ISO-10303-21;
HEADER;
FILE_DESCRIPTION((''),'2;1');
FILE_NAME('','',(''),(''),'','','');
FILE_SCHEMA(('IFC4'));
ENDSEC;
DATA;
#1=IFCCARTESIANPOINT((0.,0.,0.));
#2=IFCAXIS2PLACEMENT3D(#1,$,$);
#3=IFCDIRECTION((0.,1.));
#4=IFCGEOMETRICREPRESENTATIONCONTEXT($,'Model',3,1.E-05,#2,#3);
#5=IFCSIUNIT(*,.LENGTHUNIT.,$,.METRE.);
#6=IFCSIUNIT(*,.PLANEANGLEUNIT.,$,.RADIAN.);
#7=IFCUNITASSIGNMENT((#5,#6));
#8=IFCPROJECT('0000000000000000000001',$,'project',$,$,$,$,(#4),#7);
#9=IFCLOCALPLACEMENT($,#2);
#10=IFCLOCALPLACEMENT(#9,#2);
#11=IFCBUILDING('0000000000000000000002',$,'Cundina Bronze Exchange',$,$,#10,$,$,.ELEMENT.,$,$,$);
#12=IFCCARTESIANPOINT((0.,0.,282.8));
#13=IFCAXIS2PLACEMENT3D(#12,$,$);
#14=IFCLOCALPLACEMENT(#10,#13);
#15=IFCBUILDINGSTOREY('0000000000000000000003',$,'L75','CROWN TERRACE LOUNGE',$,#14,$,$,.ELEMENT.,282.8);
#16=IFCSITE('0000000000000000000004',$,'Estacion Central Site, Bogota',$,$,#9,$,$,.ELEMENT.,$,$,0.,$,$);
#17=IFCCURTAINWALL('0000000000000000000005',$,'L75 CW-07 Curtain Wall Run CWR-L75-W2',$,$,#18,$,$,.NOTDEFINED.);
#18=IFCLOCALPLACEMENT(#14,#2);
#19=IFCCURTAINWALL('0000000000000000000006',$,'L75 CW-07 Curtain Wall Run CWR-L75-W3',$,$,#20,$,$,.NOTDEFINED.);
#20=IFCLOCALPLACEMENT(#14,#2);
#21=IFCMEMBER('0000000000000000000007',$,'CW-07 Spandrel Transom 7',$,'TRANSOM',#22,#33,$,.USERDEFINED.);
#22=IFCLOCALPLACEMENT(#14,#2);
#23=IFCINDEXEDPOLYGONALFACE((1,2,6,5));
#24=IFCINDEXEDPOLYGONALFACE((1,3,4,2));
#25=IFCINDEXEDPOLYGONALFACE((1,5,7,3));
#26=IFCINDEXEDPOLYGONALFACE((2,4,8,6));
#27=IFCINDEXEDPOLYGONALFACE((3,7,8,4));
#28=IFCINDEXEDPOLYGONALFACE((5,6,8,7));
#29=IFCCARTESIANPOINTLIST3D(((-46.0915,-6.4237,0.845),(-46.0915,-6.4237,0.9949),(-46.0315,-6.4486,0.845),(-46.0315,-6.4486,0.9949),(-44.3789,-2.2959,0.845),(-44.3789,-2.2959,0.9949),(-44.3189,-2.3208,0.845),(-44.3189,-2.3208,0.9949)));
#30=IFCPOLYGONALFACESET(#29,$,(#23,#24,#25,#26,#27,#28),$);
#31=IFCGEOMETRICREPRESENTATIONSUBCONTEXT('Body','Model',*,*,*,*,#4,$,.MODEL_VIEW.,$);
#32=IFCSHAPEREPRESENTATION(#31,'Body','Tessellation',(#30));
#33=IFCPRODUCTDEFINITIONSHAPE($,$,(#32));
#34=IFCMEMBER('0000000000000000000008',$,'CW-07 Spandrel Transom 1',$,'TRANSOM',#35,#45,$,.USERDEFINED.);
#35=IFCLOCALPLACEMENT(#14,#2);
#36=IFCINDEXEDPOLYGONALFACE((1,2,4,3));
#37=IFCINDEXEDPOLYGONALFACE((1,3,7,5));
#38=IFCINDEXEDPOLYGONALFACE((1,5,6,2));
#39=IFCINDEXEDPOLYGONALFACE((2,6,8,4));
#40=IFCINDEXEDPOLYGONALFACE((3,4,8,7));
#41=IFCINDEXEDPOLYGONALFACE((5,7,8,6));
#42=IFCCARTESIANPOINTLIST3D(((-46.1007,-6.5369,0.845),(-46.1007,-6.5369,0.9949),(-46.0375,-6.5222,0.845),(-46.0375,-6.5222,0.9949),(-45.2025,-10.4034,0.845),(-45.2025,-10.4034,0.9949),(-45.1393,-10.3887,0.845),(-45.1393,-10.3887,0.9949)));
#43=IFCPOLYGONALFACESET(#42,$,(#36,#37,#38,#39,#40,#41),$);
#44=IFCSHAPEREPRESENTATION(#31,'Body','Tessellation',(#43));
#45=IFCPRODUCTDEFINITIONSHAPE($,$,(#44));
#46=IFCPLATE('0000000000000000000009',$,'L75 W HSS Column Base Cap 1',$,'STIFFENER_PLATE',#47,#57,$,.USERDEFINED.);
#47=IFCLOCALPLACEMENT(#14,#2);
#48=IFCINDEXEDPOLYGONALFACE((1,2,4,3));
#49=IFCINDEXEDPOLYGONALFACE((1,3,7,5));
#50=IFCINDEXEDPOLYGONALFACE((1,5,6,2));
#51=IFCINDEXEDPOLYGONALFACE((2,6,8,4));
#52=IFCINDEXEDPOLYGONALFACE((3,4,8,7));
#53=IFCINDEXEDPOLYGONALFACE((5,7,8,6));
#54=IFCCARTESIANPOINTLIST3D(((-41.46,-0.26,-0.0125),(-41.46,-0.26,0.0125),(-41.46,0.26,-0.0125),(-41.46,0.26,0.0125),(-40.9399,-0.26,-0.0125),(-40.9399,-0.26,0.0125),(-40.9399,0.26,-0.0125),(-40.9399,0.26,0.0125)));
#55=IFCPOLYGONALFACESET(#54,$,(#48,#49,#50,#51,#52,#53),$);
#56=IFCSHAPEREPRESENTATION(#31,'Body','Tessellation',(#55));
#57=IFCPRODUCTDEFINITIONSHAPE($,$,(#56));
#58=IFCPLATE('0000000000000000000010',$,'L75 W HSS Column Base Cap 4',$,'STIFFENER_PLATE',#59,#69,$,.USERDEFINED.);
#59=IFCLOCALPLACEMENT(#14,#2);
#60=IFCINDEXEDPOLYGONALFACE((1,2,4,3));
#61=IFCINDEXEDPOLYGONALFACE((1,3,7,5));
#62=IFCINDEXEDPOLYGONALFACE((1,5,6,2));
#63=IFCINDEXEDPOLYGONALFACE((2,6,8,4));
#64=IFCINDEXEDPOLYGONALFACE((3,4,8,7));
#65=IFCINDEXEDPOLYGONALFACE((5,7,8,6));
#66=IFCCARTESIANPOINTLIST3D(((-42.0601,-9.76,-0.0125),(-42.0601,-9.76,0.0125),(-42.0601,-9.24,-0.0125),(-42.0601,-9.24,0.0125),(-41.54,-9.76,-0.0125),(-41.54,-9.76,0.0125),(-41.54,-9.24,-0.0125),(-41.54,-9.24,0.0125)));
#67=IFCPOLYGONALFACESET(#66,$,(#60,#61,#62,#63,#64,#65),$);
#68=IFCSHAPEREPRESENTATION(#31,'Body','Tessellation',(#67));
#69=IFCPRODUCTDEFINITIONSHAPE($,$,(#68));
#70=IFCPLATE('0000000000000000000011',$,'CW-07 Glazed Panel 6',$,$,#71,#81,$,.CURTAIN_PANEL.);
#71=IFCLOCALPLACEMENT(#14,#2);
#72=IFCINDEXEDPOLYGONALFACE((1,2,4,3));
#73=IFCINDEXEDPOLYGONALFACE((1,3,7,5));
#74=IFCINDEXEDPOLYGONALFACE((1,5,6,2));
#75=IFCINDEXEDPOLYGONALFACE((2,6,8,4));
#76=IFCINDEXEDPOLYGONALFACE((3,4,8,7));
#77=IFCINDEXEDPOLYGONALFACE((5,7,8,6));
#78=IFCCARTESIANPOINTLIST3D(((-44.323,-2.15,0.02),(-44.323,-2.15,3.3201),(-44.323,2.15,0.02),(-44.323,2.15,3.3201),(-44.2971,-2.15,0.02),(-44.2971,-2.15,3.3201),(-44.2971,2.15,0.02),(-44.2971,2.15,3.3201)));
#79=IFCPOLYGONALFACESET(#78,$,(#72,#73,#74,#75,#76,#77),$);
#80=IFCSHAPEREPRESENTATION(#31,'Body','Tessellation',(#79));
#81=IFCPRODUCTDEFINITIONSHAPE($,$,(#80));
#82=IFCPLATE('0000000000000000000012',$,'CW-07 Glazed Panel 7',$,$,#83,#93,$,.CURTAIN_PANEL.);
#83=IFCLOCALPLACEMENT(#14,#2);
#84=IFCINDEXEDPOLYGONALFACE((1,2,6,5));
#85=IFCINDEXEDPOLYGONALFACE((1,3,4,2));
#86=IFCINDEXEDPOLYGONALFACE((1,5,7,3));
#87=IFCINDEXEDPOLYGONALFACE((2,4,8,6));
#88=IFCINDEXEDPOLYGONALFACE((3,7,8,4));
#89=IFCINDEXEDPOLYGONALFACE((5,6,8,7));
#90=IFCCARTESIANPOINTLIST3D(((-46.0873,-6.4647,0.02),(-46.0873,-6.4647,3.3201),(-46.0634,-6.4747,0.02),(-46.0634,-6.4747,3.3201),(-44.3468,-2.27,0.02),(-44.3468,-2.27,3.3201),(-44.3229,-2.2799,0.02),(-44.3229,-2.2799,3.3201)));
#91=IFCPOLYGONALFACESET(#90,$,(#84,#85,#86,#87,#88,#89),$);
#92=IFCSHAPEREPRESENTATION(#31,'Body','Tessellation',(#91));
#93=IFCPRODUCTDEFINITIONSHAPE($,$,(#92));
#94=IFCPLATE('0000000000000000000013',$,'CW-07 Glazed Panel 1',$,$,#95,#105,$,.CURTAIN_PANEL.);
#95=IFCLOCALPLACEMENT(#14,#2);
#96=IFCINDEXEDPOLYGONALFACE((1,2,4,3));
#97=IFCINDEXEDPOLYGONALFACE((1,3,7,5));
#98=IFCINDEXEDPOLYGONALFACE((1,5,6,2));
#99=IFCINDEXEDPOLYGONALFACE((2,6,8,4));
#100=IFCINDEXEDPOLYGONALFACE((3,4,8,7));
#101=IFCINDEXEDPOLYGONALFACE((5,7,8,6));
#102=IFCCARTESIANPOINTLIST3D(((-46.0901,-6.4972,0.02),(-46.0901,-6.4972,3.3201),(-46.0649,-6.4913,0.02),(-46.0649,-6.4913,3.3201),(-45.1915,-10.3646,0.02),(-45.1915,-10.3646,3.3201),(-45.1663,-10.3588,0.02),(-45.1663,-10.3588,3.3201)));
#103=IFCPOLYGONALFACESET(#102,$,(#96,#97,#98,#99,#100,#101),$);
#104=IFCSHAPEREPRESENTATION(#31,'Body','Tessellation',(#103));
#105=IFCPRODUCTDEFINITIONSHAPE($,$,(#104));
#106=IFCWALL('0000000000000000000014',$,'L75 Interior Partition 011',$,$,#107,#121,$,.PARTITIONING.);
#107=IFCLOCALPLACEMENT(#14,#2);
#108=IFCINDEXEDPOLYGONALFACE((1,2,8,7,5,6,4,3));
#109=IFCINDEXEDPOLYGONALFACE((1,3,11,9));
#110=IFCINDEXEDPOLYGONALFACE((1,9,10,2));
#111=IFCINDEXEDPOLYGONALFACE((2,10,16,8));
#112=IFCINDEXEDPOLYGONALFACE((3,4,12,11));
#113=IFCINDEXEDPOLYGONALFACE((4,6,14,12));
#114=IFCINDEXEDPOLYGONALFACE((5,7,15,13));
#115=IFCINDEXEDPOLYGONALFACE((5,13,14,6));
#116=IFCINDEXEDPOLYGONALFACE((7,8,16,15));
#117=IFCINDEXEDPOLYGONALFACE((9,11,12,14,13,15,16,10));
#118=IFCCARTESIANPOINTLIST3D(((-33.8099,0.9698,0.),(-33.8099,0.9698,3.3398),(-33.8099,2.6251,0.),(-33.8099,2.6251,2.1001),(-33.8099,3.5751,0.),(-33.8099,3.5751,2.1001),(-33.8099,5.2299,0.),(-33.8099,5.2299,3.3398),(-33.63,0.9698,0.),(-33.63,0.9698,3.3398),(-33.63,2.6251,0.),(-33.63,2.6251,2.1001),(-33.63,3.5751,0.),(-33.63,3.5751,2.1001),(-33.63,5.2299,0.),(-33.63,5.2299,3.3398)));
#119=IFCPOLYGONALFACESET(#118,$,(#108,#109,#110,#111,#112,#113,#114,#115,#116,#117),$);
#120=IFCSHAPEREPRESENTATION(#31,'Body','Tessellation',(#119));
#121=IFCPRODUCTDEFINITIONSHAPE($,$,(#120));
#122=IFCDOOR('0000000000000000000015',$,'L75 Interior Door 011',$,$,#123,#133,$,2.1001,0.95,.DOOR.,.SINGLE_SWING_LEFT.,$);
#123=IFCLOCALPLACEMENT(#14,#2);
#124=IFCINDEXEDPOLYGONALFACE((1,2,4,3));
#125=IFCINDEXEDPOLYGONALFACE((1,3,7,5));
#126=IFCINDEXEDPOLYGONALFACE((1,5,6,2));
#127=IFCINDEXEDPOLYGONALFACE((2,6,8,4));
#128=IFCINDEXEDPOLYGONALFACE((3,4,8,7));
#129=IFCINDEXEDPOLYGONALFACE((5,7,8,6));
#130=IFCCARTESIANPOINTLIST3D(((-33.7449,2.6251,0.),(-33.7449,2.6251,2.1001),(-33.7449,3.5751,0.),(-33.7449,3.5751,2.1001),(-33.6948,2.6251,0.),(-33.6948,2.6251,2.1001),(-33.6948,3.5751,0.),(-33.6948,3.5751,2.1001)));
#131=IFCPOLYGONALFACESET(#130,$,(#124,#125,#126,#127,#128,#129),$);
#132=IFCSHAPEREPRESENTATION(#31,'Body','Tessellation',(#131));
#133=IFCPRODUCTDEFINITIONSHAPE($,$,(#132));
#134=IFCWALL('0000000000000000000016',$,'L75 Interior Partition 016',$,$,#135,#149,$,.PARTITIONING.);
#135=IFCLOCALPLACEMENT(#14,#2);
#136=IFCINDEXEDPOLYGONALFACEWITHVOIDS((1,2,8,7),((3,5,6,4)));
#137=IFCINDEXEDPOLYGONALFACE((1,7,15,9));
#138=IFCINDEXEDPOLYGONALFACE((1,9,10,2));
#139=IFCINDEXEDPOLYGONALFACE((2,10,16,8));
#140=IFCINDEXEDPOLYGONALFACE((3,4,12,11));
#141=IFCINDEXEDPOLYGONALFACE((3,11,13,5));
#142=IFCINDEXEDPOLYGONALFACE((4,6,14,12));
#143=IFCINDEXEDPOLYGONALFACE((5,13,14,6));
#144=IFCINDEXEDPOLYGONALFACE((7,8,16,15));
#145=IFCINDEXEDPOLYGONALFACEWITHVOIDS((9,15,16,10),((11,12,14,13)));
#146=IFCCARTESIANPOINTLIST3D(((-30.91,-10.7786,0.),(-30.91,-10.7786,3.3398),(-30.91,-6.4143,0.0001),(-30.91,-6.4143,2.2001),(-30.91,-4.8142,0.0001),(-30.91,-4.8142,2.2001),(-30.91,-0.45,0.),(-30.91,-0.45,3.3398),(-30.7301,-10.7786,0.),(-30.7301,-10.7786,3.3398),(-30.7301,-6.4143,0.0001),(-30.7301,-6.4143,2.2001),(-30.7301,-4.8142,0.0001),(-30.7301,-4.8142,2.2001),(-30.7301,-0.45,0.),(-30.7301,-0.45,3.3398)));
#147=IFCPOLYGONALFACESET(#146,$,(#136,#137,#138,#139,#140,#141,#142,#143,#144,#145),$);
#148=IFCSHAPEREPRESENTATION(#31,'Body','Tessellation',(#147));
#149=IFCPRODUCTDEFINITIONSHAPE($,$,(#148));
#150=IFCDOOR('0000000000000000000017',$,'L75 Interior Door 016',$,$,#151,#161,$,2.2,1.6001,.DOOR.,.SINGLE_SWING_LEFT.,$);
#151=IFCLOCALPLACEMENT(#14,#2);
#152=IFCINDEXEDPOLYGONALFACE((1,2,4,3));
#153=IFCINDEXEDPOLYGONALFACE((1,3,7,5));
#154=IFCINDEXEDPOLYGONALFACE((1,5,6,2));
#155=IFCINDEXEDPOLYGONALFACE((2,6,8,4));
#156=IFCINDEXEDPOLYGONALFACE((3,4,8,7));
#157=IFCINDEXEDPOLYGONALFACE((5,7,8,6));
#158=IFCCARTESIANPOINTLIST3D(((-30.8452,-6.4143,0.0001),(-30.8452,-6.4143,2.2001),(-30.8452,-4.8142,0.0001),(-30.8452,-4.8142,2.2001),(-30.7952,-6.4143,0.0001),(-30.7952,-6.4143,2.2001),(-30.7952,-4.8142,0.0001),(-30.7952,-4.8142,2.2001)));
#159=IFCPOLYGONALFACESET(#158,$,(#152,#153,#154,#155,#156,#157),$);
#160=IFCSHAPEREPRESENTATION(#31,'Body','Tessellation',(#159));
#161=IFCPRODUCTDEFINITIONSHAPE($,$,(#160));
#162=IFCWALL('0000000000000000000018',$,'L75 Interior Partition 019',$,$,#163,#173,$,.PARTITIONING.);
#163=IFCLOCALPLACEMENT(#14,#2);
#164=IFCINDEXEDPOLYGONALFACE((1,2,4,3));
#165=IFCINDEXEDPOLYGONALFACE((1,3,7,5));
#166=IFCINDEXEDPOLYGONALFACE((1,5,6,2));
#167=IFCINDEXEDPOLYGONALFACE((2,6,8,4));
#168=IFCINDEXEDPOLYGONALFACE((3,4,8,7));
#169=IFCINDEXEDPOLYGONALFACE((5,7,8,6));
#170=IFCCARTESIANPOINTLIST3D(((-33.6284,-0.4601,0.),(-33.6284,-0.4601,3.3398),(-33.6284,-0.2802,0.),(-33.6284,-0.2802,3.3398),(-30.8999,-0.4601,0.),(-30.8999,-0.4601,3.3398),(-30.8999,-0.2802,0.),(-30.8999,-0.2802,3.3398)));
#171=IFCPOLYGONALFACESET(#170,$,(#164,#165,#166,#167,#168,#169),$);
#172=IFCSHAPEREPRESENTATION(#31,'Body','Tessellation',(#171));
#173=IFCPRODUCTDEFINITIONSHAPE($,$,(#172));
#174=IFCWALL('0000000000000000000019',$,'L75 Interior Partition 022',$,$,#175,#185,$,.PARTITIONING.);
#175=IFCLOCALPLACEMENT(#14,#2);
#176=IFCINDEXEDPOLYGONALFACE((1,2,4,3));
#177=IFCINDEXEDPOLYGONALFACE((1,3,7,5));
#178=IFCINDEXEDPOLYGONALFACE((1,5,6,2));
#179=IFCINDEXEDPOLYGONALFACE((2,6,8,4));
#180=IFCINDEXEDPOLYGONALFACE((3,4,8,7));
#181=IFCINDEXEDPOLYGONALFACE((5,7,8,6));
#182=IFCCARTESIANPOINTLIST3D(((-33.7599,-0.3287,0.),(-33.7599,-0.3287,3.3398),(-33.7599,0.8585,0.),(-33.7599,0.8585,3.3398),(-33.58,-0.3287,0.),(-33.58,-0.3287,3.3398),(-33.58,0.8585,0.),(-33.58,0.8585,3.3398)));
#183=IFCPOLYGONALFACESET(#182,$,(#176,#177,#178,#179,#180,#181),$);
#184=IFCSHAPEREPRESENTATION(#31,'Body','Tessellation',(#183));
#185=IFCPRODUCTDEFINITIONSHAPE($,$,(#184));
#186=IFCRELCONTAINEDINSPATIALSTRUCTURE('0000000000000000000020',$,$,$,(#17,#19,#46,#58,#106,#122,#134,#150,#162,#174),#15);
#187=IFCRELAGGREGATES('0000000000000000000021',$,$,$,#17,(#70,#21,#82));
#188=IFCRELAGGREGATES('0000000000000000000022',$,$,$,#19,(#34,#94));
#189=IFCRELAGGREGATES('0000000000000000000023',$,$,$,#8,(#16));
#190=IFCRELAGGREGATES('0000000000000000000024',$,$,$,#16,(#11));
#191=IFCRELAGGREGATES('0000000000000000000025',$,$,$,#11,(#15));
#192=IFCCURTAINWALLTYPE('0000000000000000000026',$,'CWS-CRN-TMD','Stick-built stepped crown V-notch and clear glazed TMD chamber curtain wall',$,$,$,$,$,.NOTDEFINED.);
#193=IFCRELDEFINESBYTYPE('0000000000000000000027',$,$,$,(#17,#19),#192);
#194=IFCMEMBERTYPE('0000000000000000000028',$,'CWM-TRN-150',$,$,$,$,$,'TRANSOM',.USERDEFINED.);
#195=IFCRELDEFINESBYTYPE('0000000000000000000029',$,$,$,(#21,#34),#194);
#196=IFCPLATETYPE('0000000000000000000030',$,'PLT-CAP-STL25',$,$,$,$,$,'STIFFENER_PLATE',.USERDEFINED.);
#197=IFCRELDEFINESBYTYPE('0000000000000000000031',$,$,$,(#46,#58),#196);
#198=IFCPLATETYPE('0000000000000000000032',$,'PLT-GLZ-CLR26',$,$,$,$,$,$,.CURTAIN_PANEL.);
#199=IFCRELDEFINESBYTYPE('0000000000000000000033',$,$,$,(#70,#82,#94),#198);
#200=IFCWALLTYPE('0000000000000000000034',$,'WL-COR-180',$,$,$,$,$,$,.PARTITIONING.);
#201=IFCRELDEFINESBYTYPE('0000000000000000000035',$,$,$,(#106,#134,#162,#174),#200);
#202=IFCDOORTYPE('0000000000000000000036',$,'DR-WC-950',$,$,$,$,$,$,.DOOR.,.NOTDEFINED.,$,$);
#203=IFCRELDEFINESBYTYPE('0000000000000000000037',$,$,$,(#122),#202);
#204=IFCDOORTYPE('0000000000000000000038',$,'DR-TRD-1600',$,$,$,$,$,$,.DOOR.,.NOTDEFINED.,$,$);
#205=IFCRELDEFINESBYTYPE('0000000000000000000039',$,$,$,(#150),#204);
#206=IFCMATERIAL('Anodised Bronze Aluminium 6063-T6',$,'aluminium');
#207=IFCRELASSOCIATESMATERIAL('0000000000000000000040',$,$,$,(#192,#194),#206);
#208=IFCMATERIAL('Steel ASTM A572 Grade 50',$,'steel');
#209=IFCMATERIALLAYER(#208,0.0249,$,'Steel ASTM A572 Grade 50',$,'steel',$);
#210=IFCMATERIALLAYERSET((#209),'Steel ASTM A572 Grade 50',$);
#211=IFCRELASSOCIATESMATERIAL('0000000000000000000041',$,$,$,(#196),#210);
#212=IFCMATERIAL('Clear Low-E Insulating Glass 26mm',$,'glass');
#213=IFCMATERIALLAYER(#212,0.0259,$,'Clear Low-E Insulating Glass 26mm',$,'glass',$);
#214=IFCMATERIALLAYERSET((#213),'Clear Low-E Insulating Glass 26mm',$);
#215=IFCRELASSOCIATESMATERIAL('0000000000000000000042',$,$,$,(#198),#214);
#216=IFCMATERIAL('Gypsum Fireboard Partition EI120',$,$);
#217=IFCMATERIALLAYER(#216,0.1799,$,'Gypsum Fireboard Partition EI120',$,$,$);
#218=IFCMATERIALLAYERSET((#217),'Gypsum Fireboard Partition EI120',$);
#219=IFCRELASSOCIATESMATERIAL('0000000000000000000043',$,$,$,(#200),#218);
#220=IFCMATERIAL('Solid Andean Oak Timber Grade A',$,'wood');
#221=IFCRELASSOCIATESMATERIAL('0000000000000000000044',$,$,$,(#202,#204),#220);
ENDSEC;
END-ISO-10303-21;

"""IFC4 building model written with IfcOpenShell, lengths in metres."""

from ifc_helpers import new_model, si_unit, direction, frame, frame_2d, origin, origin_2d, place, context, subcontext, project, spatial, rectangle, extrude, material, layer, layer_set, material_profile, profile_set, type_object, element, fill, aggregate, save


model = new_model("IFC4")

# Units and contexts
model_context = context("Model", 3, precision=1e-05, world=origin(), true_north=direction((0.0, 1.0)))
body_context = subcontext(model_context, "Body", "Model", "MODEL_VIEW")
ifc_project = project(units=[si_unit("LENGTHUNIT", "METRE"), si_unit("PLANEANGLEUNIT", "RADIAN")], contexts=[model_context])

# Site, building, storey
site_placement = place(None, origin())
site = spatial("IfcSite", under=ifc_project, at=site_placement, Name="Estacion Central Site, Bogota", CompositionType="ELEMENT", RefElevation=0.0)
building_placement = place(site_placement, origin())
building = spatial("IfcBuilding", under=site, at=building_placement, Name="Cundina Bronze Exchange", CompositionType="ELEMENT")
storey_placement = place(building_placement, frame((0.0, 0.0, 282.8)))
storey = spatial("IfcBuildingStorey", under=building, at=storey_placement, Name="L75", Description="CROWN TERRACE LOUNGE", CompositionType="ELEMENT", Elevation=282.8)

# Curtain wall
ifc_material_1 = material(Name="Anodised Bronze Aluminium 6063-T6", Category="aluminium")
curtain_wall_type = type_object("IfcCurtainWallType", Name="CWS-CRN-TMD", Description="Stick-built stepped crown V-notch and clear glazed TMD chamber curtain wall", PredefinedType="NOTDEFINED", material=ifc_material_1)
curtain_wall_1_placement = place(storey_placement, origin())
curtain_wall_1 = element("IfcCurtainWall", 1, at=curtain_wall_1_placement, inside=storey, type_object=curtain_wall_type, Name="L75 CW-07 Curtain Wall Run CWR-L75-W2", PredefinedType="NOTDEFINED")

# Curtain wall
curtain_wall_2_placement = place(storey_placement, origin())
curtain_wall_2 = element("IfcCurtainWall", 2, at=curtain_wall_2_placement, inside=storey, type_object=curtain_wall_type, Name="L75 CW-07 Curtain Wall Run CWR-L75-W3", PredefinedType="NOTDEFINED")

# Members
ifc_material_profile_1 = material_profile(ifc_material_1, rectangle(XDim=0.0649, YDim=0.1499, at=origin_2d()), Name="AL65X150", Category="aluminium")
ifc_profile_set_1 = profile_set([ifc_material_profile_1], Name="Anodised Bronze Aluminium 6063-T6")
member_type_1 = type_object("IfcMemberType", Name="CWM-TRN-150", ElementType="TRANSOM", PredefinedType="USERDEFINED", material=ifc_profile_set_1)
member_1_placement = place(storey_placement, frame((-44.3489, -2.3083, 0.9199), z_axis=(-0.383219, -0.923658, 0.0), x_axis=(0.923658, -0.383219, 0.0)))
member_1 = element("IfcMember", 3, at=member_1_placement, type_object=member_type_1, Name="CW-07 Spandrel Transom 7", ObjectType="TRANSOM", PredefinedType="USERDEFINED", context=body_context, shape_type="SweptSolid", body=[
    extrude(rectangle(XDim=0.0649, YDim=0.1499, at=origin_2d()), origin(), (0.0, 0.0, 1.0), 4.469),
])
member_2_placement = place(storey_placement, frame((-46.0691, -6.5295, 0.9199), z_axis=(0.226279, -0.974063, 0.0), x_axis=(0.974063, 0.226279, 0.0)))
member_2 = element("IfcMember", 4, at=member_2_placement, type_object=member_type_1, Name="CW-07 Spandrel Transom 1", ObjectType="TRANSOM", PredefinedType="USERDEFINED", context=body_context, shape_type="SweptSolid", body=[
    extrude(rectangle(XDim=0.0649, YDim=0.1499, at=origin_2d()), origin(), (0.0, 0.0, 1.0), 3.9695),
])

# Plates
ifc_material_2 = material(Name="Steel ASTM A572 Grade 50", Category="steel")
ifc_layer_1 = layer(ifc_material_2, 0.0249, Name="Steel ASTM A572 Grade 50", Category="steel")
ifc_layer_set_1 = layer_set([ifc_layer_1], Name="Steel ASTM A572 Grade 50")
plate_type_1 = type_object("IfcPlateType", Name="PLT-CAP-STL25", ElementType="STIFFENER_PLATE", PredefinedType="USERDEFINED", material=ifc_layer_set_1)
for number, where, z_axis, x_axis, name in (
    (5, (-41.2, 0.0, -0.0125), (0.0, 0.0, 1.0), (1.0, 0.0, 0.0), "L75 W HSS Column Base Cap 1"),
    (6, (-41.8, -9.5, -0.0125), (0.0, 0.0, 1.0), (1.0, 0.0, 0.0), "L75 W HSS Column Base Cap 4"),
):
    element("IfcPlate", number, at=place(storey_placement, frame(where, z_axis=z_axis, x_axis=x_axis)), inside=storey, type_object=plate_type_1, Name=name, ObjectType="STIFFENER_PLATE", PredefinedType="USERDEFINED", context=body_context, shape_type="SweptSolid", body=[
        extrude(rectangle(XDim=0.52, YDim=0.52, at=origin_2d()), origin(), (0.0, 0.0, 1.0), 0.0249),
    ])

# Plates
ifc_material_3 = material(Name="Clear Low-E Insulating Glass 26mm", Category="glass")
ifc_layer_2 = layer(ifc_material_3, 0.0259, Name="Clear Low-E Insulating Glass 26mm", Category="glass")
ifc_layer_set_2 = layer_set([ifc_layer_2], Name="Clear Low-E Insulating Glass 26mm")
plate_type_2 = type_object("IfcPlateType", Name="PLT-GLZ-CLR26", PredefinedType="CURTAIN_PANEL", material=ifc_layer_set_2)
plate_1_placement = place(storey_placement, frame((-44.3101, 0.0, 0.02), z_axis=(0.0, 0.0, 1.0), x_axis=(0.0, -1.0, 0.0)))
plate_1 = element("IfcPlate", 7, at=plate_1_placement, type_object=plate_type_2, Name="CW-07 Glazed Panel 6", PredefinedType="CURTAIN_PANEL", context=body_context, shape_type="SweptSolid", body=[
    extrude(rectangle(XDim=4.3, YDim=0.0259, at=origin_2d()), origin(), (0.0, 0.0, 1.0), 3.3),
])
plate_2_placement = place(storey_placement, frame((-45.2051, -4.3723, 0.02), z_axis=(0.0, 0.0, 1.0), x_axis=(-0.383232, -0.923652, 0.0)))
plate_2 = element("IfcPlate", 8, at=plate_2_placement, type_object=plate_type_2, Name="CW-07 Glazed Panel 7", PredefinedType="CURTAIN_PANEL", context=body_context, shape_type="SweptSolid", body=[
    extrude(rectangle(XDim=4.5415, YDim=0.0259, at=origin_2d()), origin(), (0.0, 0.0, 1.0), 3.3),
])
aggregate(curtain_wall_1, [plate_1, member_1, plate_2])
plate_3_placement = place(storey_placement, frame((-45.6282, -8.428, 0.02), z_axis=(0.0, 0.0, 1.0), x_axis=(0.226328, -0.974051, 0.0)))
plate_3 = element("IfcPlate", 9, at=plate_3_placement, type_object=plate_type_2, Name="CW-07 Glazed Panel 1", PredefinedType="CURTAIN_PANEL", context=body_context, shape_type="SweptSolid", body=[
    extrude(rectangle(XDim=3.9705, YDim=0.0259, at=origin_2d()), origin(), (0.0, 0.0, 1.0), 3.3),
])
aggregate(curtain_wall_2, [member_2, plate_3])

# Walls, openings, doors
ifc_material_4 = material(Name="Gypsum Fireboard Partition EI120")
ifc_layer_3 = layer(ifc_material_4, 0.1799, Name="Gypsum Fireboard Partition EI120")
ifc_layer_set_3 = layer_set([ifc_layer_3], Name="Gypsum Fireboard Partition EI120")
wall_type_1 = type_object("IfcWallType", Name="WL-COR-180", PredefinedType="PARTITIONING", material=ifc_layer_set_3)
wall_1_placement = place(storey_placement, frame((-33.72, 0.97, 0.0), z_axis=(0.0, 0.0, 1.0), x_axis=(0.0, 1.0, 0.0)))
wall_1 = element("IfcWall", 10, at=wall_1_placement, inside=storey, type_object=wall_type_1, Name="L75 Interior Partition 011", PredefinedType="PARTITIONING", context=body_context, shape_type="SweptSolid", body=[
    extrude(rectangle(XDim=4.26, YDim=0.1799, at=frame_2d((2.1299, 0.0))), origin(), (0.0, 0.0, 1.0), 3.3398),
])
opening_1_placement = place(wall_1_placement, frame((1.655, 0.0, 0.0)))
opening_1 = element("IfcOpeningElement", 11, at=opening_1_placement, cuts=wall_1, PredefinedType="OPENING", context=body_context, shape_type="SweptSolid", body=[
    extrude(rectangle(XDim=0.95, YDim=2.1001, at=frame_2d((0.4751, 1.05))), frame((0.0, 0.0999, 0.0), z_axis=(0.0, -1.0, 0.0), x_axis=(1.0, 0.0, 0.0)), (0.0, 0.0, 1.0), 0.2),
])
ifc_material_5 = material(Name="Solid Andean Oak Timber Grade A", Category="wood")
door_type_1 = type_object("IfcDoorType", Name="DR-WC-950", OperationType="NOTDEFINED", PredefinedType="DOOR", material=ifc_material_5)
door_1_placement = place(opening_1_placement, origin())
door_1 = element("IfcDoor", 12, at=door_1_placement, inside=storey, type_object=door_type_1, Name="L75 Interior Door 011", OperationType="SINGLE_SWING_LEFT", OverallHeight=2.1001, OverallWidth=0.95, PredefinedType="DOOR", context=body_context, shape_type="SweptSolid", body=[
    extrude(rectangle(XDim=0.95, YDim=2.1001, at=frame_2d((0.4751, 1.05))), frame((0.0, 0.0249, 0.0), z_axis=(0.0, -1.0, 0.0), x_axis=(1.0, 0.0, 0.0)), (0.0, 0.0, 1.0), 0.05),
])
fill(opening_1, door_1)
wall_2_placement = place(storey_placement, frame((-30.8201, -0.45, 0.0), z_axis=(0.0, 0.0, 1.0), x_axis=(0.0, -1.0, 0.0)))
wall_2 = element("IfcWall", 13, at=wall_2_placement, inside=storey, type_object=wall_type_1, Name="L75 Interior Partition 016", PredefinedType="PARTITIONING", context=body_context, shape_type="SweptSolid", body=[
    extrude(rectangle(XDim=10.3286, YDim=0.1799, at=frame_2d((5.1643, 0.0))), origin(), (0.0, 0.0, 1.0), 3.3398),
])
opening_2_placement = place(wall_2_placement, frame((4.3643, 0.0, 0.0)))
opening_2 = element("IfcOpeningElement", 14, at=opening_2_placement, cuts=wall_2, PredefinedType="OPENING", context=body_context, shape_type="SweptSolid", body=[
    extrude(rectangle(XDim=1.6001, YDim=2.2, at=frame_2d((0.8, 1.1001))), frame((0.0, 0.0999, 0.0), z_axis=(0.0, -1.0, 0.0), x_axis=(1.0, 0.0, 0.0)), (0.0, 0.0, 1.0), 0.2),
])
door_type_2 = type_object("IfcDoorType", Name="DR-TRD-1600", OperationType="NOTDEFINED", PredefinedType="DOOR", material=ifc_material_5)
door_2_placement = place(opening_2_placement, origin())
door_2 = element("IfcDoor", 15, at=door_2_placement, inside=storey, type_object=door_type_2, Name="L75 Interior Door 016", OperationType="SINGLE_SWING_LEFT", OverallHeight=2.2, OverallWidth=1.6001, PredefinedType="DOOR", context=body_context, shape_type="SweptSolid", body=[
    extrude(rectangle(XDim=1.6001, YDim=2.2, at=frame_2d((0.8, 1.1001))), frame((0.0, 0.0249, 0.0), z_axis=(0.0, -1.0, 0.0), x_axis=(1.0, 0.0, 0.0)), (0.0, 0.0, 1.0), 0.05),
])
fill(opening_2, door_2)

# Walls
wall_3_placement = place(storey_placement, frame((-33.6284, -0.3701, 0.0), z_axis=(0.0, 0.0, 1.0), x_axis=(1.0, 0.0, 0.0)))
element("IfcWall", 16, at=wall_3_placement, inside=storey, type_object=wall_type_1, Name="L75 Interior Partition 019", PredefinedType="PARTITIONING", context=body_context, shape_type="SweptSolid", body=[
    extrude(rectangle(XDim=2.7285, YDim=0.1799, at=frame_2d((1.3643, 0.0))), origin(), (0.0, 0.0, 1.0), 3.3398),
])
wall_4_placement = place(storey_placement, frame((-33.6699, 0.8586, 0.0), z_axis=(0.0, 0.0, 1.0), x_axis=(0.0, -1.0, 0.0)))
element("IfcWall", 17, at=wall_4_placement, inside=storey, type_object=wall_type_1, Name="L75 Interior Partition 022", PredefinedType="PARTITIONING", context=body_context, shape_type="SweptSolid", body=[
    extrude(rectangle(XDim=1.1873, YDim=0.1799, at=frame_2d((0.5938, 0.0))), origin(), (0.0, 0.0, 1.0), 3.3398),
])

save(model, "model.ifc")
